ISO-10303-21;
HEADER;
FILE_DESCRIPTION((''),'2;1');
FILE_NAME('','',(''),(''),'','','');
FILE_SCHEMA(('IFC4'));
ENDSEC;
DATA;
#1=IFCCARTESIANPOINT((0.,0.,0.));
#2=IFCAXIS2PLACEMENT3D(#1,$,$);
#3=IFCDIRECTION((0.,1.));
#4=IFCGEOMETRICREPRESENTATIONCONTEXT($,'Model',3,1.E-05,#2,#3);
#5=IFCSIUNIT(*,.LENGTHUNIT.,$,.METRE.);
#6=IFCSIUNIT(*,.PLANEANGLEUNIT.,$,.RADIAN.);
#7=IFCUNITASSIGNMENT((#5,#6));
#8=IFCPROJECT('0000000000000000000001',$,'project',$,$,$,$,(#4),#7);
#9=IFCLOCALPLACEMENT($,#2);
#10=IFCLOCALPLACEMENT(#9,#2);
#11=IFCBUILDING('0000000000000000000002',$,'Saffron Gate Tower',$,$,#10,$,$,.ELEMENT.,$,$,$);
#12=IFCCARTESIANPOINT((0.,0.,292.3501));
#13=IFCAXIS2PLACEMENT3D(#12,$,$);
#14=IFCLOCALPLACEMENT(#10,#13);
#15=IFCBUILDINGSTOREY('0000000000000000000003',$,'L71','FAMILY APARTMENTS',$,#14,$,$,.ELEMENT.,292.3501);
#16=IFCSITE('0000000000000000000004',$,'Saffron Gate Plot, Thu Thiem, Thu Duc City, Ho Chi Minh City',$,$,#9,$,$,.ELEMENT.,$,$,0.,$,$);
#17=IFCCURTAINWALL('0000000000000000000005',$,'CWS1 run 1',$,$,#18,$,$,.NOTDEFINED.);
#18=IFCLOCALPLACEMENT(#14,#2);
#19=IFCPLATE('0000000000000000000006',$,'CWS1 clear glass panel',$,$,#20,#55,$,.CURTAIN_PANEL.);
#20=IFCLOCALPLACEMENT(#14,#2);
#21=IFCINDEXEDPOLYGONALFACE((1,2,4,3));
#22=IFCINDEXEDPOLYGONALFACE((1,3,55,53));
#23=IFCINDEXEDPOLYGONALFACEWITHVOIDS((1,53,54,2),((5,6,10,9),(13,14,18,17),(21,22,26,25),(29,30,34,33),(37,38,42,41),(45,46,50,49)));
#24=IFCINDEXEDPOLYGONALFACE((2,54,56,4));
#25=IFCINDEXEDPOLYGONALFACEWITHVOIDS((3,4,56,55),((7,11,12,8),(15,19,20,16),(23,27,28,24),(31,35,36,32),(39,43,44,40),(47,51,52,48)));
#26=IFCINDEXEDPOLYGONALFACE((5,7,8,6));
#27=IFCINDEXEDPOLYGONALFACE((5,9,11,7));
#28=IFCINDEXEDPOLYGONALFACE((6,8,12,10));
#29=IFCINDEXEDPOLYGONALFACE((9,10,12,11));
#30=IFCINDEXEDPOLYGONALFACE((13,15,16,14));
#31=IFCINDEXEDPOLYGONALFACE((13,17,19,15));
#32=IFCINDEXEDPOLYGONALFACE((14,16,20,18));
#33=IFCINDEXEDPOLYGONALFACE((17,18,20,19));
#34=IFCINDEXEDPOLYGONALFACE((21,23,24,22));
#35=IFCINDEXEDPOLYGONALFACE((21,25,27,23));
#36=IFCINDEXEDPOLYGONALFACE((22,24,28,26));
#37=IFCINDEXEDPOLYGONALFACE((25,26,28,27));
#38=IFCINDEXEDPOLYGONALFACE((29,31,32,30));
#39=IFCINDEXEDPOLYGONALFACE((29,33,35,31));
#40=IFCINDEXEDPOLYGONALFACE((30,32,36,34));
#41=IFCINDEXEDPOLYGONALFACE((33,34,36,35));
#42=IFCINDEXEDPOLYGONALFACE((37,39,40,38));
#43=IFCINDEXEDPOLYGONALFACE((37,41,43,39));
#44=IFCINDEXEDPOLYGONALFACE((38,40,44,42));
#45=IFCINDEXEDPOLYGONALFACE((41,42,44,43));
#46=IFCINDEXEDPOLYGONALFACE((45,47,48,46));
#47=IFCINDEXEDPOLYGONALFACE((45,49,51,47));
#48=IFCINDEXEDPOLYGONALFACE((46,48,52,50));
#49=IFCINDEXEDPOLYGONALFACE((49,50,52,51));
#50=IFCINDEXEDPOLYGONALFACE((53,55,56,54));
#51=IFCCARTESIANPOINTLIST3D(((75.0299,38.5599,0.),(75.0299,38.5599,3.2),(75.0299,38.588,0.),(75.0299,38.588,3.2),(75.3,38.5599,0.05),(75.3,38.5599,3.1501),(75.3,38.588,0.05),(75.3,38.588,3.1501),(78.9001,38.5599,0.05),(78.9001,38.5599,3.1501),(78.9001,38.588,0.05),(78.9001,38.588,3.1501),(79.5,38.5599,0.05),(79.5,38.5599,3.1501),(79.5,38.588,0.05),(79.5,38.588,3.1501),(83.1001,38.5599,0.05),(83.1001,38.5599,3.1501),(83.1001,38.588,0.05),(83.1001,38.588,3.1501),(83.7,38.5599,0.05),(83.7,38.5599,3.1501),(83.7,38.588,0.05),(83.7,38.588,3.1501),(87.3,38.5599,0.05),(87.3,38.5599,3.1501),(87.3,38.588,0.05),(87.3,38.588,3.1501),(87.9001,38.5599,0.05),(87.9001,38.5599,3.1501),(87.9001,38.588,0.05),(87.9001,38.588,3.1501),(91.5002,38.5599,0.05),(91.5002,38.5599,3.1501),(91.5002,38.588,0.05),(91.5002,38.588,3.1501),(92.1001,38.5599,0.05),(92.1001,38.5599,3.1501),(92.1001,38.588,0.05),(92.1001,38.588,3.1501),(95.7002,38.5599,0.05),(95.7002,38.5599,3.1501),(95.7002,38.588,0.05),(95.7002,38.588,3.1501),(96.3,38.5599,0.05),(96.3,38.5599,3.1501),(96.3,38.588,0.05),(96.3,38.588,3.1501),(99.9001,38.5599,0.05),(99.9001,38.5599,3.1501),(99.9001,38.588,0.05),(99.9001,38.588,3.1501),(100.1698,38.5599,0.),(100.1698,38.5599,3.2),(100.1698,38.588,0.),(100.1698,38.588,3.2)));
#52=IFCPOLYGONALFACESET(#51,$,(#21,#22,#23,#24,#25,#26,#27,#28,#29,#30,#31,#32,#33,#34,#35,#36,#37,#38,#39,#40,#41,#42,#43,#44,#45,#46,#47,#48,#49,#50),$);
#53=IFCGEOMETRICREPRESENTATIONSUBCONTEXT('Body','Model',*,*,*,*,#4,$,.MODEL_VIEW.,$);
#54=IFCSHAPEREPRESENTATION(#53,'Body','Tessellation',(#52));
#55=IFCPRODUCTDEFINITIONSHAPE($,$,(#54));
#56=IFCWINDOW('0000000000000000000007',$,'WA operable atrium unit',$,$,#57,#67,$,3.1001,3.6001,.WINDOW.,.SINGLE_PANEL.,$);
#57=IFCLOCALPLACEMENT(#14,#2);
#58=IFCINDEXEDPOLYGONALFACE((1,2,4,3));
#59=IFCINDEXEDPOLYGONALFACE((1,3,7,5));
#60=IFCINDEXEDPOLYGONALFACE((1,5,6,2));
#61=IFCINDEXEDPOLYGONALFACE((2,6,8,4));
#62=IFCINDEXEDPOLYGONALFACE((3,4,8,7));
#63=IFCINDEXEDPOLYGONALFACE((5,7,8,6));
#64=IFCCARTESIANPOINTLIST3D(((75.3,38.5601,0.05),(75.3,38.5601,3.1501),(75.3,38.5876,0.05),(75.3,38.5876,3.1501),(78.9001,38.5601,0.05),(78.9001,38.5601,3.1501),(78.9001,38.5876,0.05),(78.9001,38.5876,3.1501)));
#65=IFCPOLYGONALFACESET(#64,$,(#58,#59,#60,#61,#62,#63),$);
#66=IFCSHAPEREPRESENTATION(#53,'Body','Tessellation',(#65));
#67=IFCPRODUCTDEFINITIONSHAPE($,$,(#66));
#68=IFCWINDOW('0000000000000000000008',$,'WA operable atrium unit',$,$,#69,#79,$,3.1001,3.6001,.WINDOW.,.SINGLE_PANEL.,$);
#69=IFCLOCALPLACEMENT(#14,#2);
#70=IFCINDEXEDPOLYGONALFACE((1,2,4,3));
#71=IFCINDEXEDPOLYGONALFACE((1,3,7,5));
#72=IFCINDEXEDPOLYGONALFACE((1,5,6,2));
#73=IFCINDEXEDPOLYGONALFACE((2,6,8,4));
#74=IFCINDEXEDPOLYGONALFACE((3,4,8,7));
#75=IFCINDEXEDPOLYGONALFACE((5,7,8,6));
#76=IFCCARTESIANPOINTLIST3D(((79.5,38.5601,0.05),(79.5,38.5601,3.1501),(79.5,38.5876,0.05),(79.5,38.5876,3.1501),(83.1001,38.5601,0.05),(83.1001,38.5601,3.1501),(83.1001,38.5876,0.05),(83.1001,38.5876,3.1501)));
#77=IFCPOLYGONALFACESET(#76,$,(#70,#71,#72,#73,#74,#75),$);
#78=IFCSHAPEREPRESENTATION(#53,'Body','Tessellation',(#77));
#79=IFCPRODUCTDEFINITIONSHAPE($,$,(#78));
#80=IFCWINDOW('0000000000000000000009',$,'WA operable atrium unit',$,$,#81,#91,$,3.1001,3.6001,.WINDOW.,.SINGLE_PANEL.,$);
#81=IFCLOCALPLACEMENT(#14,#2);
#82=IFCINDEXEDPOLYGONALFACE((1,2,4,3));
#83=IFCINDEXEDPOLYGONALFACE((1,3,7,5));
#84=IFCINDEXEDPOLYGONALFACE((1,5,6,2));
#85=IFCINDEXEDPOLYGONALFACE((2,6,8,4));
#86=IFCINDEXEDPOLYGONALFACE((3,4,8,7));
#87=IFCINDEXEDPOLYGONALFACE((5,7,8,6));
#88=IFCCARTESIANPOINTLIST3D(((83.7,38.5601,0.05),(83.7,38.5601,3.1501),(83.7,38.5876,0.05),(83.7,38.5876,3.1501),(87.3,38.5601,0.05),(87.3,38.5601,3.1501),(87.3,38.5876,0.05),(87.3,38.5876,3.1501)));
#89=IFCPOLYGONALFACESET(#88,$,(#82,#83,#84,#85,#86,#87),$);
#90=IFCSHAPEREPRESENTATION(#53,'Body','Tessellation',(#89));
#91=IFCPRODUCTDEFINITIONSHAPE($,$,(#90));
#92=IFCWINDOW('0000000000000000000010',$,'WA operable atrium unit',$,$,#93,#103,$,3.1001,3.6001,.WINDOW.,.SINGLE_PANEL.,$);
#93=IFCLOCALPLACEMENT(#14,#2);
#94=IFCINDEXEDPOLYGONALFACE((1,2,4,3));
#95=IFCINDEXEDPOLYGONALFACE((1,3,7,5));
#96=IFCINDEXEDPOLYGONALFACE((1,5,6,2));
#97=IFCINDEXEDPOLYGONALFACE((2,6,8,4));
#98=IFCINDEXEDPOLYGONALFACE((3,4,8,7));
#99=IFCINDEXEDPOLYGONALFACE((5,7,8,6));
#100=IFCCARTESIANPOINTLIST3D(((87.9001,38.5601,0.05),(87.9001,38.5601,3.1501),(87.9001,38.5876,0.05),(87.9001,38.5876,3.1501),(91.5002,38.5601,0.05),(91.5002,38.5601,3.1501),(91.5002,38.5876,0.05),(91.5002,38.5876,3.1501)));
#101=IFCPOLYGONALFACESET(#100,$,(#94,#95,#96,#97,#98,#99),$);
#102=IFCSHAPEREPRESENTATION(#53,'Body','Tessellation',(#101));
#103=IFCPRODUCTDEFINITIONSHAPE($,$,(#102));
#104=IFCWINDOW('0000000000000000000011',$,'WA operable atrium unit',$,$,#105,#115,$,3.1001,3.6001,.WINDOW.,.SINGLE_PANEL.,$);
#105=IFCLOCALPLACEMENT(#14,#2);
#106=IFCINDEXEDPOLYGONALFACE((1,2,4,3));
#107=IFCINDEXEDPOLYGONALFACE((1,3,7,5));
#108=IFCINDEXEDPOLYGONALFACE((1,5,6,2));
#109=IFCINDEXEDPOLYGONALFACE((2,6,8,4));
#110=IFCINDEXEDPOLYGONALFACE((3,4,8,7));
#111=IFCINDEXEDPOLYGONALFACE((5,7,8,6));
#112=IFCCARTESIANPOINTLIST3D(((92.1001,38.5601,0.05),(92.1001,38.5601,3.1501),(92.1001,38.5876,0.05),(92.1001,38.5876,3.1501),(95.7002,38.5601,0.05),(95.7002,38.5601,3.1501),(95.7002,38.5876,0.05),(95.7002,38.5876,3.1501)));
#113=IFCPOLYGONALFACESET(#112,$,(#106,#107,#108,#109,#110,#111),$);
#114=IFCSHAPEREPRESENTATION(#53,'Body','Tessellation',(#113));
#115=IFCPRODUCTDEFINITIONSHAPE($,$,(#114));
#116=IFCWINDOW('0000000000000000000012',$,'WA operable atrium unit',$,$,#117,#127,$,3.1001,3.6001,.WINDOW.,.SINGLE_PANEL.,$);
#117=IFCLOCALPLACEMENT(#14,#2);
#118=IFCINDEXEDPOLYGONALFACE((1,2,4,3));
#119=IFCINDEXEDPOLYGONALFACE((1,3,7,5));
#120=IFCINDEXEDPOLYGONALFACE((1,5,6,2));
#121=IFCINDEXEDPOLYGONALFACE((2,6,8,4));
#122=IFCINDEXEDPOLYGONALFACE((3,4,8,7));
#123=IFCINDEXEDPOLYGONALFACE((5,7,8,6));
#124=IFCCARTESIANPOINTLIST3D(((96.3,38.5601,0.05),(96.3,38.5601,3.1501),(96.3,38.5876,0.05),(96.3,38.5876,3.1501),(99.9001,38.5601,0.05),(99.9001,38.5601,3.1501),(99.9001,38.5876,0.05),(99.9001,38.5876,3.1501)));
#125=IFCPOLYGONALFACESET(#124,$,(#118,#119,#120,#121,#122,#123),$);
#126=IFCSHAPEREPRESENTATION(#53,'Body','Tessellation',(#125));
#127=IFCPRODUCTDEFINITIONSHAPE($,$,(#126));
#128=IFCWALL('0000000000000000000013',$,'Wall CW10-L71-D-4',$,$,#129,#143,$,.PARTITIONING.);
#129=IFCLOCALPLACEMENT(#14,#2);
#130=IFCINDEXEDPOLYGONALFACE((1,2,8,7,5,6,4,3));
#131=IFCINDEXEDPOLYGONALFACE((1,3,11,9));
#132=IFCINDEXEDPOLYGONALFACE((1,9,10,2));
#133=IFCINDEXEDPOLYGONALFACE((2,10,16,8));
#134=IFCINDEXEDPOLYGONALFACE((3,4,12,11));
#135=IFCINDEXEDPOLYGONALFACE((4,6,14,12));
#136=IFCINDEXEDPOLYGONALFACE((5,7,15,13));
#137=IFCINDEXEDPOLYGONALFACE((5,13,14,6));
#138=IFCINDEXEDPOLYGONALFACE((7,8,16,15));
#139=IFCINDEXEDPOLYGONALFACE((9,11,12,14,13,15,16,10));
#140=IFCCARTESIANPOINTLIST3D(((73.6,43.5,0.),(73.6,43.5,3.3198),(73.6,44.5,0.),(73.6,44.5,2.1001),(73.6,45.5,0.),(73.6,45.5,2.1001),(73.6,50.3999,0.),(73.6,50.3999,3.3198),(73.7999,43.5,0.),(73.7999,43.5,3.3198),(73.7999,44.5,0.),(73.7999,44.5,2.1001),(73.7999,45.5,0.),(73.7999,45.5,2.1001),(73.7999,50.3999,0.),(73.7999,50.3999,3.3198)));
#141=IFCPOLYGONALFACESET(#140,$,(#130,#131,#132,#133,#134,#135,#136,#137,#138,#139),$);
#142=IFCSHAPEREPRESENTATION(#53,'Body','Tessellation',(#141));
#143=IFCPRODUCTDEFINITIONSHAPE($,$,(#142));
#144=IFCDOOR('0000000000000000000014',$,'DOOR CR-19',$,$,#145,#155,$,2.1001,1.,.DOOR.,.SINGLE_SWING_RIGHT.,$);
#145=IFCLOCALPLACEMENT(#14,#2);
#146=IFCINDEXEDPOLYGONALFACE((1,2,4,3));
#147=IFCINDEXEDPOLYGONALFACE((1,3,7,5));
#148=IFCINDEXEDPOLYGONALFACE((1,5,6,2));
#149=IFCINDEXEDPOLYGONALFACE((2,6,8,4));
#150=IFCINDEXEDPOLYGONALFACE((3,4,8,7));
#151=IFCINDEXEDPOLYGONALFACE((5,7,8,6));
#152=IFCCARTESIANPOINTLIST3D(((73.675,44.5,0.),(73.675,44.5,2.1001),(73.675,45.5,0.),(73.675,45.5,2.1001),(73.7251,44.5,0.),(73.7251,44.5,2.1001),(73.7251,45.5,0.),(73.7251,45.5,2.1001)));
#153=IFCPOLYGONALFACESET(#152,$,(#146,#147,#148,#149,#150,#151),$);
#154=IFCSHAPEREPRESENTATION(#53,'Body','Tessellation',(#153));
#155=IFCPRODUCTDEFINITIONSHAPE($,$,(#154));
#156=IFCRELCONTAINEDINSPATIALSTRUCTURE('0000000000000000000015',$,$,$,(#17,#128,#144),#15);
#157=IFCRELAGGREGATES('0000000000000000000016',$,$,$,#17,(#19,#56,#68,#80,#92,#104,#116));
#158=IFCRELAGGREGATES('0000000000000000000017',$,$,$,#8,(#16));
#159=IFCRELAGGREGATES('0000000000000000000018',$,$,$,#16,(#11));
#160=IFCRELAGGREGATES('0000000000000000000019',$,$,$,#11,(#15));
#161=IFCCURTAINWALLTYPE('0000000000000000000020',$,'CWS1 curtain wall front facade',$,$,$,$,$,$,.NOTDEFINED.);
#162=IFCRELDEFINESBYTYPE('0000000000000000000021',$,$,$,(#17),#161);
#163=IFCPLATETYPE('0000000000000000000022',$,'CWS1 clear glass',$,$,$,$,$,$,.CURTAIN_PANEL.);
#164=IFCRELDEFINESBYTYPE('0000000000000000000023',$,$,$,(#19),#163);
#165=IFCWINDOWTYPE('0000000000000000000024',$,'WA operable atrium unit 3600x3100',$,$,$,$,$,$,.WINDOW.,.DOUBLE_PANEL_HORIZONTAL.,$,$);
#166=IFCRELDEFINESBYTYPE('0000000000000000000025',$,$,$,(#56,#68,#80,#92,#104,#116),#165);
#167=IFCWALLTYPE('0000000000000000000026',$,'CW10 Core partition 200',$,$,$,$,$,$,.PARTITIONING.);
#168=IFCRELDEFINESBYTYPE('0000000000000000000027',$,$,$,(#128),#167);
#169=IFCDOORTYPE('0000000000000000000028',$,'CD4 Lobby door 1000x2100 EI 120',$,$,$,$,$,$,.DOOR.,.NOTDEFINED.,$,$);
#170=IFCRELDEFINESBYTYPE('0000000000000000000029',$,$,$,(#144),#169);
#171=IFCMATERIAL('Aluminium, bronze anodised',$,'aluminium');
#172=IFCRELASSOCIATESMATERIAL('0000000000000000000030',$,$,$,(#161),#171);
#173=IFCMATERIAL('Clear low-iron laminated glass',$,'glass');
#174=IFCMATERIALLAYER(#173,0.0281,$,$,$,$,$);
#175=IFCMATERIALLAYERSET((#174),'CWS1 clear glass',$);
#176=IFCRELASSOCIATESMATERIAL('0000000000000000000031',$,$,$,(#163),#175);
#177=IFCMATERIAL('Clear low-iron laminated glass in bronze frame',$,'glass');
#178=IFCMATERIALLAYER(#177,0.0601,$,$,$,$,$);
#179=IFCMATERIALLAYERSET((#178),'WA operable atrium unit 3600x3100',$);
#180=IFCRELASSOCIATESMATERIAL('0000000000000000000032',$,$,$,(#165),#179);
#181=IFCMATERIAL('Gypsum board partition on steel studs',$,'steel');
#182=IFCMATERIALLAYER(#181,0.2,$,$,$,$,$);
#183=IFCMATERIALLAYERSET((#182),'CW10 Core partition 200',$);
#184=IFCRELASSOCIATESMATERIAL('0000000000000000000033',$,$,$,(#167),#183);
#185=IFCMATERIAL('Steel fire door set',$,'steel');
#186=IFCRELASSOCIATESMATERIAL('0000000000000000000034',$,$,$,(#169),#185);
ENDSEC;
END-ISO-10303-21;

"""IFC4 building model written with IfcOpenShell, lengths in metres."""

from ifc_helpers import new_model, si_unit, direction, frame, frame_2d, origin, place, context, subcontext, project, spatial, rectangle, extrude, material, layer, layer_set, type_object, element, fill, aggregate, save


model = new_model("IFC4")

# Units and contexts
model_context = context("Model", 3, precision=1e-05, world=origin(), true_north=direction((0.0, 1.0)))
body_context = subcontext(model_context, "Body", "Model", "MODEL_VIEW")
ifc_project = project(units=[si_unit("LENGTHUNIT", "METRE"), si_unit("PLANEANGLEUNIT", "RADIAN")], contexts=[model_context])

# Site, building, storey
site_placement = place(None, origin())
site = spatial("IfcSite", under=ifc_project, at=site_placement, Name="Saffron Gate Plot, Thu Thiem, Thu Duc City, Ho Chi Minh City", CompositionType="ELEMENT", RefElevation=0.0)
building_placement = place(site_placement, origin())
building = spatial("IfcBuilding", under=site, at=building_placement, Name="Saffron Gate Tower", CompositionType="ELEMENT")
storey_placement = place(building_placement, frame((0.0, 0.0, 292.3501)))
storey = spatial("IfcBuildingStorey", under=building, at=storey_placement, Name="L71", Description="FAMILY APARTMENTS", CompositionType="ELEMENT", Elevation=292.3501)

# Curtain wall, plate, openings, windows
ifc_material_1 = material(Name="Aluminium, bronze anodised", Category="aluminium")
curtain_wall_type = type_object("IfcCurtainWallType", Name="CWS1 curtain wall front facade", PredefinedType="NOTDEFINED", material=ifc_material_1)
curtain_wall_placement = place(storey_placement, origin())
curtain_wall = element("IfcCurtainWall", 1, at=curtain_wall_placement, inside=storey, type_object=curtain_wall_type, Name="CWS1 run 1", PredefinedType="NOTDEFINED")
ifc_material_2 = material(Name="Clear low-iron laminated glass", Category="glass")
ifc_layer_1 = layer(ifc_material_2, 0.0281)
ifc_layer_set_1 = layer_set([ifc_layer_1], Name="CWS1 clear glass")
plate_type = type_object("IfcPlateType", Name="CWS1 clear glass", PredefinedType="CURTAIN_PANEL", material=ifc_layer_set_1)
plate_placement = place(storey_placement, frame((75.03, 38.574, 0.0), z_axis=(0.0, 0.0, 1.0), x_axis=(1.0, 0.0, 0.0)))
plate = element("IfcPlate", 2, at=plate_placement, type_object=plate_type, Name="CWS1 clear glass panel", PredefinedType="CURTAIN_PANEL", context=body_context, shape_type="SweptSolid", body=[
    extrude(rectangle(XDim=25.1399, YDim=0.0281, at=frame_2d((12.5698, 0.0))), origin(), (0.0, 0.0, 1.0), 3.2),
])
opening_1_placement = place(plate_placement, frame((0.27, 0.0, 0.05)))
opening_1 = element("IfcOpeningElement", 3, at=opening_1_placement, cuts=plate, PredefinedType="OPENING", context=body_context, shape_type="SweptSolid", body=[
    extrude(rectangle(XDim=3.6001, YDim=3.1001, at=frame_2d((1.8, 1.55))), frame((0.0, 0.0239, 0.0), z_axis=(0.0, -1.0, 0.0), x_axis=(1.0, 0.0, 0.0)), (0.0, 0.0, 1.0), 0.0481),
])
opening_2_placement = place(plate_placement, frame((4.47, 0.0, 0.05)))
opening_2 = element("IfcOpeningElement", 4, at=opening_2_placement, cuts=plate, PredefinedType="OPENING", context=body_context, shape_type="SweptSolid", body=[
    extrude(rectangle(XDim=3.6001, YDim=3.1001, at=frame_2d((1.8, 1.55))), frame((0.0, 0.0239, 0.0), z_axis=(0.0, -1.0, 0.0), x_axis=(1.0, 0.0, 0.0)), (0.0, 0.0, 1.0), 0.0481),
])
opening_3_placement = place(plate_placement, frame((8.6699, 0.0, 0.05)))
opening_3 = element("IfcOpeningElement", 5, at=opening_3_placement, cuts=plate, PredefinedType="OPENING", context=body_context, shape_type="SweptSolid", body=[
    extrude(rectangle(XDim=3.6001, YDim=3.1001, at=frame_2d((1.8, 1.55))), frame((0.0, 0.0239, 0.0), z_axis=(0.0, -1.0, 0.0), x_axis=(1.0, 0.0, 0.0)), (0.0, 0.0, 1.0), 0.0481),
])
opening_4_placement = place(plate_placement, frame((12.8701, 0.0, 0.05)))
opening_4 = element("IfcOpeningElement", 6, at=opening_4_placement, cuts=plate, PredefinedType="OPENING", context=body_context, shape_type="SweptSolid", body=[
    extrude(rectangle(XDim=3.6001, YDim=3.1001, at=frame_2d((1.8, 1.55))), frame((0.0, 0.0239, 0.0), z_axis=(0.0, -1.0, 0.0), x_axis=(1.0, 0.0, 0.0)), (0.0, 0.0, 1.0), 0.0481),
])
opening_5_placement = place(plate_placement, frame((17.0701, 0.0, 0.05)))
opening_5 = element("IfcOpeningElement", 7, at=opening_5_placement, cuts=plate, PredefinedType="OPENING", context=body_context, shape_type="SweptSolid", body=[
    extrude(rectangle(XDim=3.6001, YDim=3.1001, at=frame_2d((1.8, 1.55))), frame((0.0, 0.0239, 0.0), z_axis=(0.0, -1.0, 0.0), x_axis=(1.0, 0.0, 0.0)), (0.0, 0.0, 1.0), 0.0481),
])
opening_6_placement = place(plate_placement, frame((21.27, 0.0, 0.05)))
opening_6 = element("IfcOpeningElement", 8, at=opening_6_placement, cuts=plate, PredefinedType="OPENING", context=body_context, shape_type="SweptSolid", body=[
    extrude(rectangle(XDim=3.6001, YDim=3.1001, at=frame_2d((1.8, 1.55))), frame((0.0, 0.0239, 0.0), z_axis=(0.0, -1.0, 0.0), x_axis=(1.0, 0.0, 0.0)), (0.0, 0.0, 1.0), 0.0481),
])
ifc_material_3 = material(Name="Clear low-iron laminated glass in bronze frame", Category="glass")
ifc_layer_2 = layer(ifc_material_3, 0.0601)
ifc_layer_set_2 = layer_set([ifc_layer_2], Name="WA operable atrium unit 3600x3100")
window_type = type_object("IfcWindowType", Name="WA operable atrium unit 3600x3100", PartitioningType="DOUBLE_PANEL_HORIZONTAL", PredefinedType="WINDOW", material=ifc_layer_set_2)
window_1_placement = place(opening_1_placement, origin())
window_1 = element("IfcWindow", 9, at=window_1_placement, type_object=window_type, Name="WA operable atrium unit", OverallHeight=3.1001, OverallWidth=3.6001, PartitioningType="SINGLE_PANEL", PredefinedType="WINDOW", context=body_context, shape_type="SweptSolid", body=[
    extrude(rectangle(XDim=3.6001, YDim=3.1001, at=frame_2d((1.8, 1.55))), frame((0.0, 0.0137, 0.0), z_axis=(0.0, -1.0, 0.0), x_axis=(1.0, 0.0, 0.0)), (0.0, 0.0, 1.0), 0.0276),
])
fill(opening_1, window_1)
window_2_placement = place(opening_2_placement, origin())
window_2 = element("IfcWindow", 10, at=window_2_placement, type_object=window_type, Name="WA operable atrium unit", OverallHeight=3.1001, OverallWidth=3.6001, PartitioningType="SINGLE_PANEL", PredefinedType="WINDOW", context=body_context, shape_type="SweptSolid", body=[
    extrude(rectangle(XDim=3.6001, YDim=3.1001, at=frame_2d((1.8, 1.55))), frame((0.0, 0.0137, 0.0), z_axis=(0.0, -1.0, 0.0), x_axis=(1.0, 0.0, 0.0)), (0.0, 0.0, 1.0), 0.0276),
])
fill(opening_2, window_2)
window_3_placement = place(opening_3_placement, origin())
window_3 = element("IfcWindow", 11, at=window_3_placement, type_object=window_type, Name="WA operable atrium unit", OverallHeight=3.1001, OverallWidth=3.6001, PartitioningType="SINGLE_PANEL", PredefinedType="WINDOW", context=body_context, shape_type="SweptSolid", body=[
    extrude(rectangle(XDim=3.6001, YDim=3.1001, at=frame_2d((1.8, 1.55))), frame((0.0, 0.0137, 0.0), z_axis=(0.0, -1.0, 0.0), x_axis=(1.0, 0.0, 0.0)), (0.0, 0.0, 1.0), 0.0276),
])
fill(opening_3, window_3)
window_4_placement = place(opening_4_placement, origin())
window_4 = element("IfcWindow", 12, at=window_4_placement, type_object=window_type, Name="WA operable atrium unit", OverallHeight=3.1001, OverallWidth=3.6001, PartitioningType="SINGLE_PANEL", PredefinedType="WINDOW", context=body_context, shape_type="SweptSolid", body=[
    extrude(rectangle(XDim=3.6001, YDim=3.1001, at=frame_2d((1.8, 1.55))), frame((0.0, 0.0137, 0.0), z_axis=(0.0, -1.0, 0.0), x_axis=(1.0, 0.0, 0.0)), (0.0, 0.0, 1.0), 0.0276),
])
fill(opening_4, window_4)
window_5_placement = place(opening_5_placement, origin())
window_5 = element("IfcWindow", 13, at=window_5_placement, type_object=window_type, Name="WA operable atrium unit", OverallHeight=3.1001, OverallWidth=3.6001, PartitioningType="SINGLE_PANEL", PredefinedType="WINDOW", context=body_context, shape_type="SweptSolid", body=[
    extrude(rectangle(XDim=3.6001, YDim=3.1001, at=frame_2d((1.8, 1.55))), frame((0.0, 0.0137, 0.0), z_axis=(0.0, -1.0, 0.0), x_axis=(1.0, 0.0, 0.0)), (0.0, 0.0, 1.0), 0.0276),
])
fill(opening_5, window_5)
window_6_placement = place(opening_6_placement, origin())
window_6 = element("IfcWindow", 14, at=window_6_placement, type_object=window_type, Name="WA operable atrium unit", OverallHeight=3.1001, OverallWidth=3.6001, PartitioningType="SINGLE_PANEL", PredefinedType="WINDOW", context=body_context, shape_type="SweptSolid", body=[
    extrude(rectangle(XDim=3.6001, YDim=3.1001, at=frame_2d((1.8, 1.55))), frame((0.0, 0.0137, 0.0), z_axis=(0.0, -1.0, 0.0), x_axis=(1.0, 0.0, 0.0)), (0.0, 0.0, 1.0), 0.0276),
])
fill(opening_6, window_6)
aggregate(curtain_wall, [plate, window_1, window_2, window_3, window_4, window_5, window_6])

# Wall, opening, door
ifc_material_4 = material(Name="Gypsum board partition on steel studs", Category="steel")
ifc_layer_3 = layer(ifc_material_4, 0.2)
ifc_layer_set_3 = layer_set([ifc_layer_3], Name="CW10 Core partition 200")
wall_type_1 = type_object("IfcWallType", Name="CW10 Core partition 200", PredefinedType="PARTITIONING", material=ifc_layer_set_3)
wall_1_placement = place(storey_placement, frame((73.7, 43.5, 0.0), z_axis=(0.0, 0.0, 1.0), x_axis=(0.0, 1.0, 0.0)))
wall_1 = element("IfcWall", 15, at=wall_1_placement, inside=storey, type_object=wall_type_1, Name="Wall CW10-L71-D-4", PredefinedType="PARTITIONING", context=body_context, shape_type="SweptSolid", body=[
    extrude(rectangle(XDim=6.8999, YDim=0.2, at=frame_2d((3.45, 0.0))), origin(), (0.0, 0.0, 1.0), 3.3198),
])
opening_7_placement = place(wall_1_placement, frame((1.0, 0.0, 0.0)))
opening_7 = element("IfcOpeningElement", 16, at=opening_7_placement, cuts=wall_1, PredefinedType="OPENING", context=body_context, shape_type="SweptSolid", body=[
    extrude(rectangle(XDim=1.0, YDim=2.1001, at=frame_2d((0.5, 1.05))), frame((0.0, 0.1099, 0.0), z_axis=(0.0, -1.0, 0.0), x_axis=(1.0, 0.0, 0.0)), (0.0, 0.0, 1.0), 0.22),
])
ifc_material_5 = material(Name="Steel fire door set", Category="steel")
door_type_1 = type_object("IfcDoorType", Name="CD4 Lobby door 1000x2100 EI 120", OperationType="NOTDEFINED", PredefinedType="DOOR", material=ifc_material_5)
door_1_placement = place(opening_7_placement, origin())
door_1 = element("IfcDoor", 17, at=door_1_placement, inside=storey, type_object=door_type_1, Name="DOOR CR-19", OperationType="SINGLE_SWING_RIGHT", OverallHeight=2.1001, OverallWidth=1.0, PredefinedType="DOOR", context=body_context, shape_type="SweptSolid", body=[
    extrude(rectangle(XDim=1.0, YDim=2.1001, at=frame_2d((0.5, 1.05))), frame((0.0, 0.0249, 0.0), z_axis=(0.0, -1.0, 0.0), x_axis=(1.0, 0.0, 0.0)), (0.0, 0.0, 1.0), 0.05),
])
fill(opening_7, door_1)

save(model, "model.ifc")
